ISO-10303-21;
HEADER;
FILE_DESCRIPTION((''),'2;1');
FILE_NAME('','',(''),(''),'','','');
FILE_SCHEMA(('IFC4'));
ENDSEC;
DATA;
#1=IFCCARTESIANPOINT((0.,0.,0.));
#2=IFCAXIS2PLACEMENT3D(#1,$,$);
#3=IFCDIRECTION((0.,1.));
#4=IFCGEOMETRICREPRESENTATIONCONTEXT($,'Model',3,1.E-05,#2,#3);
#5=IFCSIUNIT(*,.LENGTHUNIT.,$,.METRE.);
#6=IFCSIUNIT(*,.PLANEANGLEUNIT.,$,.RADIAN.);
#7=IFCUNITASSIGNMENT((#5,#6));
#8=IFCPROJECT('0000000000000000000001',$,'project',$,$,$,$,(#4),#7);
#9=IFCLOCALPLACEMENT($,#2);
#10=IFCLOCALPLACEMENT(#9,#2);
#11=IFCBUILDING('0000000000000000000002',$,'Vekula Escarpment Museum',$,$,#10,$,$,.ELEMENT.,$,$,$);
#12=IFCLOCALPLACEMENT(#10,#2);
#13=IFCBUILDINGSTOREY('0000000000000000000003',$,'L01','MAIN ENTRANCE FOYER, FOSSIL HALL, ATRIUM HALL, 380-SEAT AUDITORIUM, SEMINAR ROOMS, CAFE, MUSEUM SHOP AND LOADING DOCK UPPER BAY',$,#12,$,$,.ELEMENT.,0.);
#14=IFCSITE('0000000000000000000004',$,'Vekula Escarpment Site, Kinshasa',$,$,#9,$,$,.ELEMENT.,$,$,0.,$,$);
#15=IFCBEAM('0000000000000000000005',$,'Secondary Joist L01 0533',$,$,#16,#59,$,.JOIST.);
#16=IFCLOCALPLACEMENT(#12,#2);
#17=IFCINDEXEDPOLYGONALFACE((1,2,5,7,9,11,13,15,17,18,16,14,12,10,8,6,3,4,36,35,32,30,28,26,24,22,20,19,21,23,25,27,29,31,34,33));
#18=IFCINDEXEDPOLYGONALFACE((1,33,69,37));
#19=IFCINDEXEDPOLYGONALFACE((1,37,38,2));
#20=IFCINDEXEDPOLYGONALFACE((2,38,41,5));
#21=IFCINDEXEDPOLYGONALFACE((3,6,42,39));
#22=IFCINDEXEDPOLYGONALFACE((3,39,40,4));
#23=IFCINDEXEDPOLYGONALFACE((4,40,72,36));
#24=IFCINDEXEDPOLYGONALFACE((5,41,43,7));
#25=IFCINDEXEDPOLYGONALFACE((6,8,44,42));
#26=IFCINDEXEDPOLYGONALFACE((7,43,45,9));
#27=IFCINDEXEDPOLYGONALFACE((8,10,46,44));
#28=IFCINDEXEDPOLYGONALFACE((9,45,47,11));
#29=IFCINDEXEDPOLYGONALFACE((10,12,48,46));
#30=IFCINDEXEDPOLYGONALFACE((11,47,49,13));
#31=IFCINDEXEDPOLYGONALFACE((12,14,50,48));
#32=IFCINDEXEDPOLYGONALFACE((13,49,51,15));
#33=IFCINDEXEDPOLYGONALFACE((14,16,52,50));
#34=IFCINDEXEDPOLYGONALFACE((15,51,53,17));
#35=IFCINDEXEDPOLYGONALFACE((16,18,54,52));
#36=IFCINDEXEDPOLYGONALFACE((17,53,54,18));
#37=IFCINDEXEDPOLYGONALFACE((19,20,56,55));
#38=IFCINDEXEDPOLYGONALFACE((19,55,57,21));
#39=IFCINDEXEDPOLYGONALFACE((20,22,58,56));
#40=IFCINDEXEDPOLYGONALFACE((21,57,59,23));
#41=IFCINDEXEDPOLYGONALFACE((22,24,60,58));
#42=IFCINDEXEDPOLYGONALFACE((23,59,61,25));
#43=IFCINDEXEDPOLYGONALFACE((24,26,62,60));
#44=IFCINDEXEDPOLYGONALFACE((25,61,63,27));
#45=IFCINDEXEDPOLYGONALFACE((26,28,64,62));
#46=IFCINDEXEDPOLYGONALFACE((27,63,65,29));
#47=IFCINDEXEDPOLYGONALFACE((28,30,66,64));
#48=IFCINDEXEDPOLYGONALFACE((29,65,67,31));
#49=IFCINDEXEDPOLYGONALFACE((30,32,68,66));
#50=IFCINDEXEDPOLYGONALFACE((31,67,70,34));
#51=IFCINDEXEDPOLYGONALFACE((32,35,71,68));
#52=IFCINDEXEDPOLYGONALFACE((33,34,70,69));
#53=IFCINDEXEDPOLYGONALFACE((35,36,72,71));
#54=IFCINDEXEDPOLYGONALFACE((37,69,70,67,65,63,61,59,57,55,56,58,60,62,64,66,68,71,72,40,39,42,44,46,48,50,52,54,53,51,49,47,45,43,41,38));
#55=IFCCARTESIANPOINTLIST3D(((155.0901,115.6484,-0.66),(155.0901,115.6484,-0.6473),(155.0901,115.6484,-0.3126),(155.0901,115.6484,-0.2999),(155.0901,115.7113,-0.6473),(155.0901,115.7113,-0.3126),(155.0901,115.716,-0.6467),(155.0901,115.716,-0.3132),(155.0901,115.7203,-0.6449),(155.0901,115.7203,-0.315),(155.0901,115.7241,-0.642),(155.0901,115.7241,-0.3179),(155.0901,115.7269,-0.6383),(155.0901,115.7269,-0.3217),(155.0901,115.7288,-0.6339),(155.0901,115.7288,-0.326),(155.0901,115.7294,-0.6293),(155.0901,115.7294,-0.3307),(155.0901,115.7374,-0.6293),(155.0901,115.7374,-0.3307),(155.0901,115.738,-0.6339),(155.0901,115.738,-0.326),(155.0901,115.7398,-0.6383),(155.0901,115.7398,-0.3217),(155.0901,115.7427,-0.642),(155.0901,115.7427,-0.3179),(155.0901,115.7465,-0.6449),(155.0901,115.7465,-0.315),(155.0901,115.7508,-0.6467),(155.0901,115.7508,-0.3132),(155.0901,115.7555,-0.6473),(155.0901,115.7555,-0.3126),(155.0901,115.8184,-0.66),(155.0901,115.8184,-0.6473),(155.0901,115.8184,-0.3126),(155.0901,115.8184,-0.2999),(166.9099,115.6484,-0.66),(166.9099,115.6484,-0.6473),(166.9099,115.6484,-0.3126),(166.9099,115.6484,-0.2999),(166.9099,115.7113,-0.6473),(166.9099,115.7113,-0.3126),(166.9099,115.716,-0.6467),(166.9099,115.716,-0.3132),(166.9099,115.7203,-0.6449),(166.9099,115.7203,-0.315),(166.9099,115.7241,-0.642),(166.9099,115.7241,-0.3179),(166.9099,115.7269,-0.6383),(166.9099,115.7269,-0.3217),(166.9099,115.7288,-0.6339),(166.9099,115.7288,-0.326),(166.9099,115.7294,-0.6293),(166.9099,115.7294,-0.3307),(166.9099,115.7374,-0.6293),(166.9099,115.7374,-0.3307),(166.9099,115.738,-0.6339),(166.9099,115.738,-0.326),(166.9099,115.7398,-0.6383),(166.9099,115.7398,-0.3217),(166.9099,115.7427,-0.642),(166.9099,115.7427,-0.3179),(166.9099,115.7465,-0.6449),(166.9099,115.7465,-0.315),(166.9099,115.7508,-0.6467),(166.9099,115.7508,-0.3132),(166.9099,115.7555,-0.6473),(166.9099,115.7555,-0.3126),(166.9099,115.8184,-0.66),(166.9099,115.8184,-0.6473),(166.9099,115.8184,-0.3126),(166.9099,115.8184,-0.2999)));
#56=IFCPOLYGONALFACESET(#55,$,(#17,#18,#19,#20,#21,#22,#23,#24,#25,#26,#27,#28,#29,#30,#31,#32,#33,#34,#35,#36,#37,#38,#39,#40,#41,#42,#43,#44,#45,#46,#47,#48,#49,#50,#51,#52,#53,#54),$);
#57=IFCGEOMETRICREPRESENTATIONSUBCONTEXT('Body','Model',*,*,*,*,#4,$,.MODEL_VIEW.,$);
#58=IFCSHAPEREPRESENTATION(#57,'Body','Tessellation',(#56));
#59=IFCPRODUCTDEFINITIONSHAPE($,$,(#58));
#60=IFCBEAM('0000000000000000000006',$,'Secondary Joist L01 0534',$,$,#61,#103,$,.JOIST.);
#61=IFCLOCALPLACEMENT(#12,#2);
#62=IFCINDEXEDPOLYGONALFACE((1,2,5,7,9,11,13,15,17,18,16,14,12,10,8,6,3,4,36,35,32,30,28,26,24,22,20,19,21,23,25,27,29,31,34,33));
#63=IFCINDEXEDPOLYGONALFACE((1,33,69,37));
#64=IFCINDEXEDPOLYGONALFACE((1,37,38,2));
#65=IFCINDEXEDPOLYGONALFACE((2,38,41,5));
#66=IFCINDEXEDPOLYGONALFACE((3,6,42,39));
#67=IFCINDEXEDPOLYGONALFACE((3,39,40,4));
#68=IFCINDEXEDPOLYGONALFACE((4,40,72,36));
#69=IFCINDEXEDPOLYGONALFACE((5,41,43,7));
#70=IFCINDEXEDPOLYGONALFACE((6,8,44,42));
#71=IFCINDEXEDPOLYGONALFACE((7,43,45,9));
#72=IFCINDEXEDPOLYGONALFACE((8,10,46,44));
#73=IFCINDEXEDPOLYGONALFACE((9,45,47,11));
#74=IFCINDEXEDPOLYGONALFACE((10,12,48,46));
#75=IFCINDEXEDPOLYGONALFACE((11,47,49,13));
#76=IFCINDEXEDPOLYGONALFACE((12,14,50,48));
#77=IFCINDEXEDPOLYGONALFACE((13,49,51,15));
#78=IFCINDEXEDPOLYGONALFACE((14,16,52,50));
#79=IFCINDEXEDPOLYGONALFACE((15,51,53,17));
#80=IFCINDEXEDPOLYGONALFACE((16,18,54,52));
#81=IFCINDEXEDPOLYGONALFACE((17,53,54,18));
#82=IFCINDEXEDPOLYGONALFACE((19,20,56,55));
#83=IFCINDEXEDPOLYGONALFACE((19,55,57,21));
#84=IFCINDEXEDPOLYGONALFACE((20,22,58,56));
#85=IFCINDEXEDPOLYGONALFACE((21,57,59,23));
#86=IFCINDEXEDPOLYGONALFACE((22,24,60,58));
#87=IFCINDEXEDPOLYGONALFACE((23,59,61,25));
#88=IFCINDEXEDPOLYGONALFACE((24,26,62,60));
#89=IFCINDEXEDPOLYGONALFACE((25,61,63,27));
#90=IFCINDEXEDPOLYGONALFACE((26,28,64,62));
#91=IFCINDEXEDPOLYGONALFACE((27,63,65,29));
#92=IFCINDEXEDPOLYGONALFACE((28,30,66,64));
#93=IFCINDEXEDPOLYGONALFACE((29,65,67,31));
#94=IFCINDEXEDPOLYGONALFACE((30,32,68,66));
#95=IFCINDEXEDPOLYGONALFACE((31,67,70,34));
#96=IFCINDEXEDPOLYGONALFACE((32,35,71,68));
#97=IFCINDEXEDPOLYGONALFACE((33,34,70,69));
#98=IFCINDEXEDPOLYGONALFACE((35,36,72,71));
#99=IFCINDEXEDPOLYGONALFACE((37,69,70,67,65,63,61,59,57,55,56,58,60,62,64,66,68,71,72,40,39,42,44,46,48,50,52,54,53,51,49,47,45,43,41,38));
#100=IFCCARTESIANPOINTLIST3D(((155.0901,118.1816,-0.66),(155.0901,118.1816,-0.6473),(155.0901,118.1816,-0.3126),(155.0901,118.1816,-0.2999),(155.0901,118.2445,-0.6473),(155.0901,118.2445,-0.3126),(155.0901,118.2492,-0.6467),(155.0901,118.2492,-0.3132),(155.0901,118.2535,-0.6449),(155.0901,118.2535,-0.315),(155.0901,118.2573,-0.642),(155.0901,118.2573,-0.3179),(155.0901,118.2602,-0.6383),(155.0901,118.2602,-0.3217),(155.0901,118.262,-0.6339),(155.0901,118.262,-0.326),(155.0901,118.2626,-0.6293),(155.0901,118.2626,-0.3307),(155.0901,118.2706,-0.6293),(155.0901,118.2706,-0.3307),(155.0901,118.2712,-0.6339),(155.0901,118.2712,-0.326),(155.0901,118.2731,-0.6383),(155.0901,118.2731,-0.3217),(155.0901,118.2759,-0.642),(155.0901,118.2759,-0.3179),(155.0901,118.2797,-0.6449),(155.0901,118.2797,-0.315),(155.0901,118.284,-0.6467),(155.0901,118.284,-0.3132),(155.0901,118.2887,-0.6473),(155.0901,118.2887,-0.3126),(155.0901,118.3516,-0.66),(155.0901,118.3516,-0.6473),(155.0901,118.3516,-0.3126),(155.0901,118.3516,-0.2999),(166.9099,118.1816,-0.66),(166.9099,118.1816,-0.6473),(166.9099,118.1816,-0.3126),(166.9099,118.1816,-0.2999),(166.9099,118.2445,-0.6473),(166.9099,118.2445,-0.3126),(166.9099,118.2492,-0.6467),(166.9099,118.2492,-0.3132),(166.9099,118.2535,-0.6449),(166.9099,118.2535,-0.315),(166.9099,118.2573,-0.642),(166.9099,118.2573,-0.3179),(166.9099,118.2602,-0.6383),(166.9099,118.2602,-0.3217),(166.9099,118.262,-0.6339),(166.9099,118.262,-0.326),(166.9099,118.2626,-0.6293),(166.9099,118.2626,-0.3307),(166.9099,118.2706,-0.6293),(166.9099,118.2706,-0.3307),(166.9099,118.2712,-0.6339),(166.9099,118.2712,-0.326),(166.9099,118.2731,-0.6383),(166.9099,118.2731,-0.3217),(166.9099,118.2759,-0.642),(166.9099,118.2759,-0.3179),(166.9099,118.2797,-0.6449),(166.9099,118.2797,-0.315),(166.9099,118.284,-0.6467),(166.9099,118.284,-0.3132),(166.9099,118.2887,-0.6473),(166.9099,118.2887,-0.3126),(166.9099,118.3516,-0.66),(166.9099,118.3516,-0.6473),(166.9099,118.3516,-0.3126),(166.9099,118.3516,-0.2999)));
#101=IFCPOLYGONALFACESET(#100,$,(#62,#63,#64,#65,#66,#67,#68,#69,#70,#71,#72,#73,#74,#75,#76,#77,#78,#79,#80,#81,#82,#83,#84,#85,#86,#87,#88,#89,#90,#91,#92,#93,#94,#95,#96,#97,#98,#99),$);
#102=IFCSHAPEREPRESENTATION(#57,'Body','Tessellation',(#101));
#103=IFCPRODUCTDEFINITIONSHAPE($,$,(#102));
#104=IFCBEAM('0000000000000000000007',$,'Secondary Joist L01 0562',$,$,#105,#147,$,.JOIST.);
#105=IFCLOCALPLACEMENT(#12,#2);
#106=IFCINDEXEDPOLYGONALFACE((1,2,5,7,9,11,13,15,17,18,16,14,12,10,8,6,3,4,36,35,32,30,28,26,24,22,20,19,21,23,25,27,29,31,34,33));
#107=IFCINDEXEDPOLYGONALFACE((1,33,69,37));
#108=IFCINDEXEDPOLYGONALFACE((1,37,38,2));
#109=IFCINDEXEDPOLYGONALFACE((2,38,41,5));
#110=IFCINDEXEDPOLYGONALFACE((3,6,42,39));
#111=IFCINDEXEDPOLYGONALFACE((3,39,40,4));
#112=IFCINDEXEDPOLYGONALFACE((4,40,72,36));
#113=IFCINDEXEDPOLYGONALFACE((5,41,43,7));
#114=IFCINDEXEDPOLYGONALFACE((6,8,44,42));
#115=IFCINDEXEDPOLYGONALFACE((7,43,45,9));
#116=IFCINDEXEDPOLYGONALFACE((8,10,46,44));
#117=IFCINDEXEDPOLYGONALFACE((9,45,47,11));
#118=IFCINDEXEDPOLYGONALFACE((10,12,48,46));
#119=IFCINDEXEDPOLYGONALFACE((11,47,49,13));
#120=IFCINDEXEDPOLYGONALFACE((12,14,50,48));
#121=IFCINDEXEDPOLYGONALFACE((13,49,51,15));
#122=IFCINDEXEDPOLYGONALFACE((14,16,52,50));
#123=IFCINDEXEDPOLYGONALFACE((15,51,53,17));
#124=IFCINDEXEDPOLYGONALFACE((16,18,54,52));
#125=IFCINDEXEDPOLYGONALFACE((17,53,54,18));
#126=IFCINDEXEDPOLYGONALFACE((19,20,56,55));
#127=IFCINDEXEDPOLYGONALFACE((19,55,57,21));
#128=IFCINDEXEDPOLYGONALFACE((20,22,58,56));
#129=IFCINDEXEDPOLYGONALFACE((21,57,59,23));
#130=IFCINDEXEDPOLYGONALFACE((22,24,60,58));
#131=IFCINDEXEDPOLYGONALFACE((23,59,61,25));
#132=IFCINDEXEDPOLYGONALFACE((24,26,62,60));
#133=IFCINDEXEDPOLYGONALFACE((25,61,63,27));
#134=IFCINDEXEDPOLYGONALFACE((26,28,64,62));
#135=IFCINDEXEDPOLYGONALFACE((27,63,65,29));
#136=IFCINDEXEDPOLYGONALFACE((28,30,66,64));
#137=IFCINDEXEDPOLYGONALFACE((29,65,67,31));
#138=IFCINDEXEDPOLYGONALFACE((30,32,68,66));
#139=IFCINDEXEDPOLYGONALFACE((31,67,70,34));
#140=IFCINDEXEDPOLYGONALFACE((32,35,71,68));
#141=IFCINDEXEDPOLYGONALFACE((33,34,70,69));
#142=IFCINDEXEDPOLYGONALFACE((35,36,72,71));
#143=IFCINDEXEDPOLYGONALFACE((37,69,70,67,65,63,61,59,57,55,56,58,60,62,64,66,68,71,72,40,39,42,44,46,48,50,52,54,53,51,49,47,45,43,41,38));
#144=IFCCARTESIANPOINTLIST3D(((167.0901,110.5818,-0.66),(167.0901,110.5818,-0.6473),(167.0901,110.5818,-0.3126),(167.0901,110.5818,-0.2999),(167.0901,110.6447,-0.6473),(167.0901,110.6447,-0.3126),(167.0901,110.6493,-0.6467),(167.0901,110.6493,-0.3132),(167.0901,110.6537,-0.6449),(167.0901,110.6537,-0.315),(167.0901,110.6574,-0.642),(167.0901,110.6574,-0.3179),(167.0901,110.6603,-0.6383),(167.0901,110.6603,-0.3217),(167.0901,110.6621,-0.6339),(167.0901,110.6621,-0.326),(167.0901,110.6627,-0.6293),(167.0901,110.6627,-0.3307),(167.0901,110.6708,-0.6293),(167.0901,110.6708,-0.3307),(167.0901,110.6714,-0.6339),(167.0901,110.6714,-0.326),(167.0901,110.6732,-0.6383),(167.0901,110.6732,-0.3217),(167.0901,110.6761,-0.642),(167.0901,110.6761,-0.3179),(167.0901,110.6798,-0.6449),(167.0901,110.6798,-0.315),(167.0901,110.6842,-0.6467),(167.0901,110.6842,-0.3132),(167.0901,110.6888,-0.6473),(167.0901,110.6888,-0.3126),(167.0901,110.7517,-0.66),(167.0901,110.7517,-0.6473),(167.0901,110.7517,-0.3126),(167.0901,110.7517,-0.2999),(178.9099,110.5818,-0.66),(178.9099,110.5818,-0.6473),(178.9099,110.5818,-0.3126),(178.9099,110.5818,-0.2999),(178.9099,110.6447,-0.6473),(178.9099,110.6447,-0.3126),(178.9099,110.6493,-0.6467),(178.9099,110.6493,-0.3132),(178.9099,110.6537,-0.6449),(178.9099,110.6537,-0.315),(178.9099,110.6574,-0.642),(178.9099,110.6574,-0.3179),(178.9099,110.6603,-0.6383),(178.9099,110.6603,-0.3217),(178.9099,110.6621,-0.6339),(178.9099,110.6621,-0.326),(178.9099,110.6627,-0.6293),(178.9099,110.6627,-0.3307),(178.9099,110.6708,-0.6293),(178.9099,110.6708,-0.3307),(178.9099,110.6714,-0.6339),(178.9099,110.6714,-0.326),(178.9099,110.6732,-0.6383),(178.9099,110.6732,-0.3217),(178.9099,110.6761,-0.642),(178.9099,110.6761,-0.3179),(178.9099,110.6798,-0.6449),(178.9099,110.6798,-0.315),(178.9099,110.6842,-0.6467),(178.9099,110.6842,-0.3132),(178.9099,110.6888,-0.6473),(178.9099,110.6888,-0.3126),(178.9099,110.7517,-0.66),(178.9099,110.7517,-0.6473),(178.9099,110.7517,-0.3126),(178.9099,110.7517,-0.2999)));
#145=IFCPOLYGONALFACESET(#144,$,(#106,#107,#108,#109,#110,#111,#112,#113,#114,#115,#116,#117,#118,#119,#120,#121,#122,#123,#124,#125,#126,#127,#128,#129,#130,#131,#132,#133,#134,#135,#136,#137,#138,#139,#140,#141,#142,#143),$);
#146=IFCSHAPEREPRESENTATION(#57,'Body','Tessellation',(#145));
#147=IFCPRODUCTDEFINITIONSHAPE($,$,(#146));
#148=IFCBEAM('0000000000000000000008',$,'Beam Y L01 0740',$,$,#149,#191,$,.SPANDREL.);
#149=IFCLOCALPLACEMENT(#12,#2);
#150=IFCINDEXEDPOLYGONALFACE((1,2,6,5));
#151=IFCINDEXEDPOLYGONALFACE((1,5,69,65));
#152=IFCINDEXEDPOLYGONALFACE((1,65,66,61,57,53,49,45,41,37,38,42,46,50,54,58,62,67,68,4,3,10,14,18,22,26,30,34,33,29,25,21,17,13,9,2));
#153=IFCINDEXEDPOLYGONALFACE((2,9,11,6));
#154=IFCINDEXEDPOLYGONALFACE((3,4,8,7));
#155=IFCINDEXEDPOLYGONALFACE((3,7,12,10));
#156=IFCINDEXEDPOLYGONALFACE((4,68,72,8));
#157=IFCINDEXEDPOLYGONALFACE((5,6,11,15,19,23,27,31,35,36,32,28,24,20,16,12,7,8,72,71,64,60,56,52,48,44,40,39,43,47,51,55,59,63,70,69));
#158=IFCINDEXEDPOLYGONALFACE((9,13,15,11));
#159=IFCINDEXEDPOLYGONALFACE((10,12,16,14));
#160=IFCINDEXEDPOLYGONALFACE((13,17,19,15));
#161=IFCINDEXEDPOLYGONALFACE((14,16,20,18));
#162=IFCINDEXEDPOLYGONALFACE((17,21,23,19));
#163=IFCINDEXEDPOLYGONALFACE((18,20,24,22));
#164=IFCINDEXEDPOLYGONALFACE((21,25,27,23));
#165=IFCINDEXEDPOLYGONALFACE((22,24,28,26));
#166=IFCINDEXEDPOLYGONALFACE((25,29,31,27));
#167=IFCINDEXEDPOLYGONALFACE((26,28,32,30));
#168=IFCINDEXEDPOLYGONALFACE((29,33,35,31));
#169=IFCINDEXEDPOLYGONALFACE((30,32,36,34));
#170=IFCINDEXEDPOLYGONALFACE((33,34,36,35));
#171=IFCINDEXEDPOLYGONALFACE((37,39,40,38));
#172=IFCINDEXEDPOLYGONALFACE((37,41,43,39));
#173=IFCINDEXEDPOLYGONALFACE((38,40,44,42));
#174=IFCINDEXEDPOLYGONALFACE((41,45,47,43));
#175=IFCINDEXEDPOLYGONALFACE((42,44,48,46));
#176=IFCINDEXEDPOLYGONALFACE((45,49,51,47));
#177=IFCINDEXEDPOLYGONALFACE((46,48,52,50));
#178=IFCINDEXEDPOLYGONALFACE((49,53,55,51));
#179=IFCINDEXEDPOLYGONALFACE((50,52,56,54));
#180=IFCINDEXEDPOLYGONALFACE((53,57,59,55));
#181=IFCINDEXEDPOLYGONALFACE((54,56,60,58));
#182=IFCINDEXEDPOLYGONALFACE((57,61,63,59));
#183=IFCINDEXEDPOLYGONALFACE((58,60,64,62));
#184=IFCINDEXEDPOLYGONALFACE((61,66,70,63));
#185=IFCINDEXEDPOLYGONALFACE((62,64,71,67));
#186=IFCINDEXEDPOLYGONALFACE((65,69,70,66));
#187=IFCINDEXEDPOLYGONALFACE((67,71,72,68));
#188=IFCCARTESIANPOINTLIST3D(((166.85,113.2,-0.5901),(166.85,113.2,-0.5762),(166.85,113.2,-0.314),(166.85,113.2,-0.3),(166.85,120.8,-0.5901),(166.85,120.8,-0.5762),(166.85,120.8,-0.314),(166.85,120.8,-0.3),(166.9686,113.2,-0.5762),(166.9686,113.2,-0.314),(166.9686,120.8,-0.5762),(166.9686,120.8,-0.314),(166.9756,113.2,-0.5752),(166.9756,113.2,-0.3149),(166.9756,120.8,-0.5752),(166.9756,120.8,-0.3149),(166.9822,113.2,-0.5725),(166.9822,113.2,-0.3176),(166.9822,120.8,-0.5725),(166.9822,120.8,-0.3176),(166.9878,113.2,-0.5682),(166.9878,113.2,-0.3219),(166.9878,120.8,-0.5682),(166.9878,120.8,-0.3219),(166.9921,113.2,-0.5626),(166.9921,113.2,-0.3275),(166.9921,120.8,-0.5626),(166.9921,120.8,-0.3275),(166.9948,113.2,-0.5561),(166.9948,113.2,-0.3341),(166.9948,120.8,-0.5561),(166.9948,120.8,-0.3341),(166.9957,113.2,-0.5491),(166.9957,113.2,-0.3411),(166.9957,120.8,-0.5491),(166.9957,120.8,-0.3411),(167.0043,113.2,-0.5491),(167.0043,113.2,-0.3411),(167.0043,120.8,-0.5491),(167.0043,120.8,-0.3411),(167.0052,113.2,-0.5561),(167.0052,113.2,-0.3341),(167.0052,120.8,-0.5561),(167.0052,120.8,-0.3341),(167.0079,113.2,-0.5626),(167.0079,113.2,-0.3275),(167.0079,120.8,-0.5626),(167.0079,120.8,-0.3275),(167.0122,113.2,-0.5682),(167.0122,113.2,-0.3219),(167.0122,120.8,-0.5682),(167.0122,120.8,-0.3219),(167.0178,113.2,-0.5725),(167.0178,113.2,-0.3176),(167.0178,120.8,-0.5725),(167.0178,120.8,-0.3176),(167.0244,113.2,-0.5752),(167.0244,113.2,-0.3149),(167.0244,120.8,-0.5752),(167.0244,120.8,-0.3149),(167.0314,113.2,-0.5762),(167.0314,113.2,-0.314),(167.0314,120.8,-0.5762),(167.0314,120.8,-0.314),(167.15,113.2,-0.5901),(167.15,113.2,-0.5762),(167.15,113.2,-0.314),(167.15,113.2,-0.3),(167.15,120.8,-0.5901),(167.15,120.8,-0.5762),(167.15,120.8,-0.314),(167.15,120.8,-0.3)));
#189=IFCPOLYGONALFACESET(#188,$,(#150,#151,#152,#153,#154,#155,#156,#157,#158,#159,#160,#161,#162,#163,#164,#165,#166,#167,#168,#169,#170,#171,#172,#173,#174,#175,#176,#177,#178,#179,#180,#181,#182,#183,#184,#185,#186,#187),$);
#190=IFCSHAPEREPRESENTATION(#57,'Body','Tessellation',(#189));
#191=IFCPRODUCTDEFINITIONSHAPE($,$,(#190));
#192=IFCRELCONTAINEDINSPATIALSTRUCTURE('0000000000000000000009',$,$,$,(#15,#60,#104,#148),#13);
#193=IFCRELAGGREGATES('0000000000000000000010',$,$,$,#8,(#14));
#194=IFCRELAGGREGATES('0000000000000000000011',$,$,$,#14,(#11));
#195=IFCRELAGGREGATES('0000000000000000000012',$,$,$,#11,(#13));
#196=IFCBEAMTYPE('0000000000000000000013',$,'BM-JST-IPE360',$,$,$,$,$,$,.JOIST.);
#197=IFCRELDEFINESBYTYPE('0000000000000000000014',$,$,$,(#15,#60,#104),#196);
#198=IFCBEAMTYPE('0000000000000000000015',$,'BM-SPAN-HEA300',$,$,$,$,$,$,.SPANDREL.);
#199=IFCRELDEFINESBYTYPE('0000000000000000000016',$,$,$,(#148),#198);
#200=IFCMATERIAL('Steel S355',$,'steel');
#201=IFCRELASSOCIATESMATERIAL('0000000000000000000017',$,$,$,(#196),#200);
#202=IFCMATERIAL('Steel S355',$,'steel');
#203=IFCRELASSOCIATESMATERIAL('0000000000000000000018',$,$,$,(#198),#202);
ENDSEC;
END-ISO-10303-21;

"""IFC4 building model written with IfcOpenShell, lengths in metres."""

from ifc_helpers import new_model, si_unit, direction, frame, origin, origin_2d, place, context, subcontext, project, spatial, i_section, extrude, material, material_profile, profile_set, type_object, element, save


model = new_model("IFC4")

# Units and contexts
model_context = context("Model", 3, precision=1e-05, world=origin(), true_north=direction((0.0, 1.0)))
body_context = subcontext(model_context, "Body", "Model", "MODEL_VIEW")
ifc_project = project(units=[si_unit("LENGTHUNIT", "METRE"), si_unit("PLANEANGLEUNIT", "RADIAN")], contexts=[model_context])

# Site, building, storey
site_placement = place(None, origin())
site = spatial("IfcSite", under=ifc_project, at=site_placement, Name="Vekula Escarpment Site, Kinshasa", CompositionType="ELEMENT", RefElevation=0.0)
building_placement = place(site_placement, origin())
building = spatial("IfcBuilding", under=site, at=building_placement, Name="Vekula Escarpment Museum", CompositionType="ELEMENT")
storey_placement = place(building_placement, origin())
storey = spatial("IfcBuildingStorey", under=building, at=storey_placement, Name="L01", Description="MAIN ENTRANCE FOYER, FOSSIL HALL, ATRIUM HALL, 380-SEAT AUDITORIUM, SEMINAR ROOMS, CAFE, MUSEUM SHOP AND LOADING DOCK UPPER BAY", CompositionType="ELEMENT", Elevation=0.0)

# Beams
ifc_material_1 = material(Name="Steel S355", Category="steel")
ifc_material_profile_1 = material_profile(ifc_material_1, i_section(OverallWidth=0.1699, OverallDepth=0.3601, WebThickness=0.0081, FlangeThickness=0.0127, FilletRadius=0.0181, at=origin_2d()), Name="IPE 360")
ifc_profile_set_1 = profile_set([ifc_material_profile_1], Name="Steel S355")
beam_type_1 = type_object("IfcBeamType", Name="BM-JST-IPE360", PredefinedType="JOIST", material=ifc_profile_set_1)
for number, where, z_axis, x_axis, name in (
    (1, (155.0901, 115.7334, -0.48), (1.0, 0.0, 0.0), (0.0, 1.0, 0.0), "Secondary Joist L01 0533"),
    (2, (155.0901, 118.2666, -0.48), (1.0, 0.0, 0.0), (0.0, 1.0, 0.0), "Secondary Joist L01 0534"),
    (3, (167.0901, 110.6667, -0.48), (1.0, 0.0, 0.0), (0.0, 1.0, 0.0), "Secondary Joist L01 0562"),
):
    element("IfcBeam", number, at=place(storey_placement, frame(where, z_axis=z_axis, x_axis=x_axis)), inside=storey, type_object=beam_type_1, Name=name, PredefinedType="JOIST", context=body_context, shape_type="SweptSolid", body=[
        extrude(i_section(OverallWidth=0.1699, OverallDepth=0.3601, WebThickness=0.0081, FlangeThickness=0.0127, FilletRadius=0.0181, at=origin_2d()), origin(), (0.0, 0.0, 1.0), 11.8198),
    ])
ifc_material_2 = material(Name="Steel S355", Category="steel")
ifc_material_profile_2 = material_profile(ifc_material_2, i_section(OverallWidth=0.3, OverallDepth=0.29, WebThickness=0.0085, FlangeThickness=0.0139, FilletRadius=0.0271, at=origin_2d()), Name="HEA 300")
ifc_profile_set_2 = profile_set([ifc_material_profile_2], Name="Steel S355")
beam_type_2 = type_object("IfcBeamType", Name="BM-SPAN-HEA300", PredefinedType="SPANDREL", material=ifc_profile_set_2)
beam_1_placement = place(storey_placement, frame((167.0, 113.2, -0.4451), z_axis=(0.0, 1.0, 0.0), x_axis=(-1.0, 0.0, 0.0)))
element("IfcBeam", 4, at=beam_1_placement, inside=storey, type_object=beam_type_2, Name="Beam Y L01 0740", PredefinedType="SPANDREL", context=body_context, shape_type="SweptSolid", body=[
    extrude(i_section(OverallWidth=0.3, OverallDepth=0.29, WebThickness=0.0085, FlangeThickness=0.0139, FilletRadius=0.0271, at=origin_2d()), origin(), (0.0, 0.0, 1.0), 7.6001),
])

save(model, "model.ifc")
